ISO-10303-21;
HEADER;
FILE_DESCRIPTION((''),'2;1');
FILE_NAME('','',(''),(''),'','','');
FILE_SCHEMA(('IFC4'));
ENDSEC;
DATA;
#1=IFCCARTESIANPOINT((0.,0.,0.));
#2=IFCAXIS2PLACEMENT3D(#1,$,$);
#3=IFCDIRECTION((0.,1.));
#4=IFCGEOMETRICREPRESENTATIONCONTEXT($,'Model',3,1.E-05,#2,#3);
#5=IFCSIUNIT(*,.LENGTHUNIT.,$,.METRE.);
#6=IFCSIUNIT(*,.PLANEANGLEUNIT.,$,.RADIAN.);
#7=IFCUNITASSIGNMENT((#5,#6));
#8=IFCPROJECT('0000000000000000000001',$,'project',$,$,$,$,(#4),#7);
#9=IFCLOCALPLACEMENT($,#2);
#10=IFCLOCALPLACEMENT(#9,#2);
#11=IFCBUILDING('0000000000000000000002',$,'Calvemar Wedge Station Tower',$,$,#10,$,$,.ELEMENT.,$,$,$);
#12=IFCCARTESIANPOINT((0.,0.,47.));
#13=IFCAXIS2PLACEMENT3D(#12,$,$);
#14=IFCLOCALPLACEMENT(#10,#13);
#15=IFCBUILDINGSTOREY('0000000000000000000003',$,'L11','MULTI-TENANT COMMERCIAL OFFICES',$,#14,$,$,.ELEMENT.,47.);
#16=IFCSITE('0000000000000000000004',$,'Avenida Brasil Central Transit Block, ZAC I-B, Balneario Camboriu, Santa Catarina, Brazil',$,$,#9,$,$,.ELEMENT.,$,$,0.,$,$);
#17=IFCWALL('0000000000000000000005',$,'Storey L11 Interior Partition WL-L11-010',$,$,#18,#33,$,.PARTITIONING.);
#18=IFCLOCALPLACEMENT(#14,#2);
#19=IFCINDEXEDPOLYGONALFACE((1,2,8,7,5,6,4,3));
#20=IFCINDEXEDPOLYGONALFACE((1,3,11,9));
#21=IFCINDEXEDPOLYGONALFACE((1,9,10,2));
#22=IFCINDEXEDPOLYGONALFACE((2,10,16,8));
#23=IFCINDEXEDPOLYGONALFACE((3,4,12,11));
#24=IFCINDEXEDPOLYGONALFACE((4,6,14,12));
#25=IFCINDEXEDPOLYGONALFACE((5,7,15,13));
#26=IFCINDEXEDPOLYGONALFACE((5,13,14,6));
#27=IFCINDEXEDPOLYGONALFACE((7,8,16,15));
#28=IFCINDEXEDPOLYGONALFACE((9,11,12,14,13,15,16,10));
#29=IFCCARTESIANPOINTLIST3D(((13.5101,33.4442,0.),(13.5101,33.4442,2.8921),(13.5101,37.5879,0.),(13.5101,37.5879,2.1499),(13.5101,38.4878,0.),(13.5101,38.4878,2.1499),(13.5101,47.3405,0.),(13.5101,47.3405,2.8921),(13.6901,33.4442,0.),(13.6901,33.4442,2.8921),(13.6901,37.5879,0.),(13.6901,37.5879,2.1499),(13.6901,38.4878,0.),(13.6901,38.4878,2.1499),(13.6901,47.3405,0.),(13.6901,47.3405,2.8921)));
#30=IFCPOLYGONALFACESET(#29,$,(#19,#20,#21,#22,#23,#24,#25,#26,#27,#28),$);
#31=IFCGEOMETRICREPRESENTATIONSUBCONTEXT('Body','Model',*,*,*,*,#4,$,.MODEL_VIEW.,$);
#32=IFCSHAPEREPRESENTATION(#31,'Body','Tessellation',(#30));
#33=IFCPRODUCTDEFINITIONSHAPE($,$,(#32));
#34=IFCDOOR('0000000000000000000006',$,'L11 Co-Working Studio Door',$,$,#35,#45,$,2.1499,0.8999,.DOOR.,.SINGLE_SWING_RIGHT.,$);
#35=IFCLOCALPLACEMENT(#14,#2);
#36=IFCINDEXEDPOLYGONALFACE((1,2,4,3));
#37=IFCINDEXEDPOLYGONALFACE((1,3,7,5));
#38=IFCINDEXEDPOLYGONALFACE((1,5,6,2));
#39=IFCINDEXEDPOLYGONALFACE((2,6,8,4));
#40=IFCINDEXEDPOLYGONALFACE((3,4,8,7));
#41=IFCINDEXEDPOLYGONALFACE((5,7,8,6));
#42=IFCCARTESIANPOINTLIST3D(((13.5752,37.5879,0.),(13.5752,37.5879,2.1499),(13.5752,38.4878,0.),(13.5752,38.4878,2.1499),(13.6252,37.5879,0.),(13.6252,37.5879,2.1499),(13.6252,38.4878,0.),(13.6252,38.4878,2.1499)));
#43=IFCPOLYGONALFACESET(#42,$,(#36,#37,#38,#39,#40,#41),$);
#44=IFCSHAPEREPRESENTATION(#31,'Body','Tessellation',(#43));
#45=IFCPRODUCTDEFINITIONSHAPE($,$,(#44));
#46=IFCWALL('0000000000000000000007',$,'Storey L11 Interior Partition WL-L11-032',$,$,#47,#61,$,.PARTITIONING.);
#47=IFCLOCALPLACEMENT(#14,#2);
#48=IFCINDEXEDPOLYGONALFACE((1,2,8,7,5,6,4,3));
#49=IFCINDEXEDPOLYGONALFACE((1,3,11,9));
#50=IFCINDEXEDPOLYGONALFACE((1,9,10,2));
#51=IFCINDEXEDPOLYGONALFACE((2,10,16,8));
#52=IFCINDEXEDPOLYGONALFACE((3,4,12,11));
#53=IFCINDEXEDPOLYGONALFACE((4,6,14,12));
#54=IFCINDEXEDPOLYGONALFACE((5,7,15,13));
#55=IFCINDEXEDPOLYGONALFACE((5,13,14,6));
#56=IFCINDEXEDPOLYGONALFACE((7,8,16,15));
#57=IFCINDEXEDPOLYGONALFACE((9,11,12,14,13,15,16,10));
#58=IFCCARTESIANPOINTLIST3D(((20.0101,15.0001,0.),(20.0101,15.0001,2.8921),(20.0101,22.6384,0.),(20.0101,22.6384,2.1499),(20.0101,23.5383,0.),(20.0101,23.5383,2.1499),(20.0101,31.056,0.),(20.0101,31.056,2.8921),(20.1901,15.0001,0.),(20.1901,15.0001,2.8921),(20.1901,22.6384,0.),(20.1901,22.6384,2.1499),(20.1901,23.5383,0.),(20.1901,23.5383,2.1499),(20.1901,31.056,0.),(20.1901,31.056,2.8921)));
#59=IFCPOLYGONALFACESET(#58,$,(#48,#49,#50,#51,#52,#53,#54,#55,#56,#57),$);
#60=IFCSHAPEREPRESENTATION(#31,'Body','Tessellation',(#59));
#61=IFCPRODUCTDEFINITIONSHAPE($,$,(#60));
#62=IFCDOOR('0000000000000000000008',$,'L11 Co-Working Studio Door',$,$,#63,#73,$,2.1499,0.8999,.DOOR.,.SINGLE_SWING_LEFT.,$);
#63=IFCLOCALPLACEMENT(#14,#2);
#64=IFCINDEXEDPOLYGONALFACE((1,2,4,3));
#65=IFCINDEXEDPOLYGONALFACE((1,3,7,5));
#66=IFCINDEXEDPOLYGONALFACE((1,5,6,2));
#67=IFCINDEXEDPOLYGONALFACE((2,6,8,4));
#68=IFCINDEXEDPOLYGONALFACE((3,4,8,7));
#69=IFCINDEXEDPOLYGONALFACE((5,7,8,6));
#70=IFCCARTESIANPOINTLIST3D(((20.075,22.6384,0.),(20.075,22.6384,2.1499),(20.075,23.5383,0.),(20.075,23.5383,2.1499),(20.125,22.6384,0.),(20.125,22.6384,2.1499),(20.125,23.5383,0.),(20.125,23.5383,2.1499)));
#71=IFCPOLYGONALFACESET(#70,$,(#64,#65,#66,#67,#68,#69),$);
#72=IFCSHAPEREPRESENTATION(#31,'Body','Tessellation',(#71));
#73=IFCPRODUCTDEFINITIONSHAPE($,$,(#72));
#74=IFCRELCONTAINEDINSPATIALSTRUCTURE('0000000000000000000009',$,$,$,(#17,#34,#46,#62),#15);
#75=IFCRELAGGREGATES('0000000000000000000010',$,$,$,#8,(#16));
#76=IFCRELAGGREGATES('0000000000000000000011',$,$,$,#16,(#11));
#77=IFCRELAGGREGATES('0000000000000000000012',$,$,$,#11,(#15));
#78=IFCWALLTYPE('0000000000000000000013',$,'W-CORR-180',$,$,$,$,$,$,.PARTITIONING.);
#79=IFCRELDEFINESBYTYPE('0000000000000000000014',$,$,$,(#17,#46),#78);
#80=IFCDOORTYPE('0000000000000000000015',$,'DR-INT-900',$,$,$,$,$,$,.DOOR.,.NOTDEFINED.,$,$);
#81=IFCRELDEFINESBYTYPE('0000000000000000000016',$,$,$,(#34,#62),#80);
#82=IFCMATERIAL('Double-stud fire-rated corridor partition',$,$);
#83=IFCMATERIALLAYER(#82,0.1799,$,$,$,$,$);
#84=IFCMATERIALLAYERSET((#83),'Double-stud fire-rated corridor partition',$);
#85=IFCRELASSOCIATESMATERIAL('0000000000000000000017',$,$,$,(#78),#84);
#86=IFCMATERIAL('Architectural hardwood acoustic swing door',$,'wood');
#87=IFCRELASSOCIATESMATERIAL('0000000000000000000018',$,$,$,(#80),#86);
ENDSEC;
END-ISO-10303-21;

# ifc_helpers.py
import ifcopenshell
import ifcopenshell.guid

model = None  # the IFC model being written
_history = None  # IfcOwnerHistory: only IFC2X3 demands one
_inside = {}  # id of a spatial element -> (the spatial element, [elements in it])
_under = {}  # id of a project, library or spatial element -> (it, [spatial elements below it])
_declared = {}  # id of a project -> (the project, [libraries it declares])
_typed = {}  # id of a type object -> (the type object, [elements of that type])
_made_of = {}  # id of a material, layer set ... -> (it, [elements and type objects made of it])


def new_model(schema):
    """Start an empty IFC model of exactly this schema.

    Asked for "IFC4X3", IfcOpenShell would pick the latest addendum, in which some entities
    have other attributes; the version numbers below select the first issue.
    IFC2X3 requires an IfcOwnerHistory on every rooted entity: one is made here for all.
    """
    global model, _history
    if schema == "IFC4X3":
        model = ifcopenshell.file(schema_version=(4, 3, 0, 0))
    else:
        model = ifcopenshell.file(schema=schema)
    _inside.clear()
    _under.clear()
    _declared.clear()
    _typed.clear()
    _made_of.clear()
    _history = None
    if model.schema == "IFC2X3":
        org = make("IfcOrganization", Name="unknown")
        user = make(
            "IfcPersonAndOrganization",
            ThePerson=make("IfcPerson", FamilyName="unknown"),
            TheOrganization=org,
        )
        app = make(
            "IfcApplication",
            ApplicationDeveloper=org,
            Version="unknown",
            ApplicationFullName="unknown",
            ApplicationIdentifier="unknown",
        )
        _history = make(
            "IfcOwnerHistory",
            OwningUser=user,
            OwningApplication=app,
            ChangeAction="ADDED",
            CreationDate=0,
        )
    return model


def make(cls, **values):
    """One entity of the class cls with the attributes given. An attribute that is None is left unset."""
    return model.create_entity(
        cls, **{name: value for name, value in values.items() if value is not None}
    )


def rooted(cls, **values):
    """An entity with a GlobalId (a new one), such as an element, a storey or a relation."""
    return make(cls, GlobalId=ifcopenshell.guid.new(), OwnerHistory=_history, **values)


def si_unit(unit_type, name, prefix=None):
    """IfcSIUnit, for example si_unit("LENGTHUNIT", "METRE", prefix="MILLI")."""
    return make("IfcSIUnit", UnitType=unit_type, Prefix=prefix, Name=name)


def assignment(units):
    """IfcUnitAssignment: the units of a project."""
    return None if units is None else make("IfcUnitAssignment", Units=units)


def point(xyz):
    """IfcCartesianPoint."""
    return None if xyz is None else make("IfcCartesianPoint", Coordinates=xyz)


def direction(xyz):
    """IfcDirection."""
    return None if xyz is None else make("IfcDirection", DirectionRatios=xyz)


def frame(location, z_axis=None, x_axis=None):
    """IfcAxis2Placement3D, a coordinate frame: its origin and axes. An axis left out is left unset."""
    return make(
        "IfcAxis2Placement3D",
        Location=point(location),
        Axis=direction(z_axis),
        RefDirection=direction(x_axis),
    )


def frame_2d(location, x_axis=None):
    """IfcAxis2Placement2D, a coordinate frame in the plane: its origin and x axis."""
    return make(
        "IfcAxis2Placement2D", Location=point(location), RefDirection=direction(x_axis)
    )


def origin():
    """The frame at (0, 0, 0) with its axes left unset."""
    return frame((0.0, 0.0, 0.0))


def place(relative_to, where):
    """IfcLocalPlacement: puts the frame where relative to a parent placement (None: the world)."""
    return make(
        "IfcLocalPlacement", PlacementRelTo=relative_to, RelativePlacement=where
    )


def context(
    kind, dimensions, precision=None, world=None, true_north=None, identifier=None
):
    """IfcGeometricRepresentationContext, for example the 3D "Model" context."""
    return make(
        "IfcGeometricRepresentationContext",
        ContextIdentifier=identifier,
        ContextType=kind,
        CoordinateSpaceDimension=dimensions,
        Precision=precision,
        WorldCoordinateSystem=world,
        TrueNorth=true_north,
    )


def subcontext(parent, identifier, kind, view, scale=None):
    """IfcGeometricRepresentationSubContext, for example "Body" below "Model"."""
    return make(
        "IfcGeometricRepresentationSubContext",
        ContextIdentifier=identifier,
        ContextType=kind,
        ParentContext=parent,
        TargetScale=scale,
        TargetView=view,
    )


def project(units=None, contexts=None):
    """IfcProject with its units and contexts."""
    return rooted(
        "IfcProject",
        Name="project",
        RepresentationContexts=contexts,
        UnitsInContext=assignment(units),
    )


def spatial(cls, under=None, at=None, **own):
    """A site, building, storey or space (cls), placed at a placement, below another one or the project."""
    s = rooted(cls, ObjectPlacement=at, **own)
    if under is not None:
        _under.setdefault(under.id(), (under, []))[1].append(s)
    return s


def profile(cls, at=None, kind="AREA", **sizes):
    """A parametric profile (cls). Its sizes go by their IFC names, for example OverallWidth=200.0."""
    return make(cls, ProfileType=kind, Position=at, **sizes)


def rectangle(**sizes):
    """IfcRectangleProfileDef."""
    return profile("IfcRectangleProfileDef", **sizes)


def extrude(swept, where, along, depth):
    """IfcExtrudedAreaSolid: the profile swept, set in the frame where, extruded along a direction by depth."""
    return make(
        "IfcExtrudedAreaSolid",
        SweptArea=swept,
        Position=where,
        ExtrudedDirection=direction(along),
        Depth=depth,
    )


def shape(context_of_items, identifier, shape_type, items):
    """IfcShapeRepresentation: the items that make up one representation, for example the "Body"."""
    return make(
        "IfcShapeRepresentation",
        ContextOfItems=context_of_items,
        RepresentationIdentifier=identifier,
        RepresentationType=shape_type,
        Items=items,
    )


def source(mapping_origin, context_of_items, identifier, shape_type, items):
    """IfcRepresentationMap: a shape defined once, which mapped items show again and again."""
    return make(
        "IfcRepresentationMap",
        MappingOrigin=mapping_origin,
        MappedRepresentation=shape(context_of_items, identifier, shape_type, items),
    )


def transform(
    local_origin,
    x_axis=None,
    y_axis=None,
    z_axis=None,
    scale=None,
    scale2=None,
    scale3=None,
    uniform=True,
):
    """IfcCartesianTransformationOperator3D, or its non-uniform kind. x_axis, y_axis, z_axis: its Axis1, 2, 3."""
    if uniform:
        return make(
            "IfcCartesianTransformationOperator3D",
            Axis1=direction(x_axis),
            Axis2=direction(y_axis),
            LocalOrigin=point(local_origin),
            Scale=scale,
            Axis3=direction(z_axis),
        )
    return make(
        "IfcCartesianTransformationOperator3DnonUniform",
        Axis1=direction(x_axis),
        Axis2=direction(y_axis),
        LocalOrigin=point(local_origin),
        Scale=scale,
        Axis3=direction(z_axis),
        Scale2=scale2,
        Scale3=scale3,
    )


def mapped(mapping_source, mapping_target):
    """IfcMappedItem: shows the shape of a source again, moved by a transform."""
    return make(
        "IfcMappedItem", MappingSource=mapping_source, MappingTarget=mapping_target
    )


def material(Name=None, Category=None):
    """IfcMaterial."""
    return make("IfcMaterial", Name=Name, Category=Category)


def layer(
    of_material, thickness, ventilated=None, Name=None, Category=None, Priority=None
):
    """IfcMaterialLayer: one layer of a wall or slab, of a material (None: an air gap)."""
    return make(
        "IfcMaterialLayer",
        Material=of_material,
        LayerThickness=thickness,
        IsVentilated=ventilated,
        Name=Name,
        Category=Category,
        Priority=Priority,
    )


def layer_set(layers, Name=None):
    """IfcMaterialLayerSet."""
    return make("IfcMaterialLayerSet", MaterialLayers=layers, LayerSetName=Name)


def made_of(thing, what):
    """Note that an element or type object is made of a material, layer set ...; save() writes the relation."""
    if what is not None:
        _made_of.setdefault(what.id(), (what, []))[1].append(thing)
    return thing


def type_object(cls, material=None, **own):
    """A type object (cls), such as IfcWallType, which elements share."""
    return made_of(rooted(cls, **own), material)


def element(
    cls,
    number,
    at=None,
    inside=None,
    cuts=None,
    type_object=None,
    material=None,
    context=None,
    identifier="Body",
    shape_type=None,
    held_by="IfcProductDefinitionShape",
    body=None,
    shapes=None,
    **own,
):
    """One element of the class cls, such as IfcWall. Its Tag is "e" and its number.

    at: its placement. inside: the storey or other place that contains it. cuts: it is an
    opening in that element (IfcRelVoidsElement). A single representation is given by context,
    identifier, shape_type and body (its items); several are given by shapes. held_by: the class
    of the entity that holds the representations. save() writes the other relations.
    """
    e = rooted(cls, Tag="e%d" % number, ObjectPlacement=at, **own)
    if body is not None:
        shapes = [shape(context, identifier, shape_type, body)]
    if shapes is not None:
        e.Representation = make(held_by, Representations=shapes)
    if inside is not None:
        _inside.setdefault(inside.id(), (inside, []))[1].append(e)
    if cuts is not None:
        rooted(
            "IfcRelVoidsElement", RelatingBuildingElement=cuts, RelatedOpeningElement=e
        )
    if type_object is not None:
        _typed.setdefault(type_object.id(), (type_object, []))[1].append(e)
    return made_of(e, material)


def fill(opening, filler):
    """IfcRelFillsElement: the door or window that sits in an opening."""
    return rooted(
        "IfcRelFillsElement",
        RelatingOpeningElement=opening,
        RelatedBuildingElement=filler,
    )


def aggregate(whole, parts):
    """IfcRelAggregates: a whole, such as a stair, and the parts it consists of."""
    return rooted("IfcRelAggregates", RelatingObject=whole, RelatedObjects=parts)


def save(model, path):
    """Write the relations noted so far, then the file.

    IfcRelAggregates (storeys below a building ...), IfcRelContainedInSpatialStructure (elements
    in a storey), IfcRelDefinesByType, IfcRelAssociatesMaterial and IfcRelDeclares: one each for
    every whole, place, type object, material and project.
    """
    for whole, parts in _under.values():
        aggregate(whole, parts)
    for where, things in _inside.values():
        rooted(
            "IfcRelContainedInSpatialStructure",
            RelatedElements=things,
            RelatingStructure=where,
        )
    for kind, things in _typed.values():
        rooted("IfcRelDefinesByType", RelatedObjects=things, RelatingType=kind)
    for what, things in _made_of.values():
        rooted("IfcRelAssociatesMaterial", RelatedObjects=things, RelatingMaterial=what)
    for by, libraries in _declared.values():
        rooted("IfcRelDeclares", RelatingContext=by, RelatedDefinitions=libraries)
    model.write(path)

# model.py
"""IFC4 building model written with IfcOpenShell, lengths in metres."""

from ifc_helpers import new_model, si_unit, direction, frame, frame_2d, origin, place, context, subcontext, project, spatial, rectangle, extrude, source, transform, mapped, material, layer, layer_set, type_object, element, fill, save


model = new_model("IFC4")

# Units and contexts
model_context = context("Model", 3, precision=1e-05, world=origin(), true_north=direction((0.0, 1.0)))
body_context = subcontext(model_context, "Body", "Model", "MODEL_VIEW")
ifc_project = project(units=[si_unit("LENGTHUNIT", "METRE"), si_unit("PLANEANGLEUNIT", "RADIAN")], contexts=[model_context])

# Site, building, storey
site_placement = place(None, origin())
site = spatial("IfcSite", under=ifc_project, at=site_placement, Name="Avenida Brasil Central Transit Block, ZAC I-B, Balneario Camboriu, Santa Catarina, Brazil", CompositionType="ELEMENT", RefElevation=0.0)
building_placement = place(site_placement, origin())
building = spatial("IfcBuilding", under=site, at=building_placement, Name="Calvemar Wedge Station Tower", CompositionType="ELEMENT")
storey_placement = place(building_placement, frame((0.0, 0.0, 47.0)))
storey = spatial("IfcBuildingStorey", under=building, at=storey_placement, Name="L11", Description="MULTI-TENANT COMMERCIAL OFFICES", CompositionType="ELEMENT", Elevation=47.0)

# Shared definitions
ifc_material_1 = material(Name="Double-stud fire-rated corridor partition")
ifc_layer_1 = layer(ifc_material_1, 0.1799)
ifc_layer_set_1 = layer_set([ifc_layer_1], Name="Double-stud fire-rated corridor partition")
wall_type_1 = type_object("IfcWallType", Name="W-CORR-180", PredefinedType="PARTITIONING", material=ifc_layer_set_1)

# Walls, openings, doors
wall_1_placement = place(storey_placement, frame((13.6001, 33.4441, 0.0), z_axis=(0.0, 0.0, 1.0), x_axis=(0.0, 1.0, 0.0)))
wall_1 = element("IfcWall", 1, at=wall_1_placement, inside=storey, type_object=wall_type_1, Name="Storey L11 Interior Partition WL-L11-010", PredefinedType="PARTITIONING", context=body_context, shape_type="SweptSolid", body=[
    extrude(rectangle(XDim=13.8962, YDim=0.1799, at=frame_2d((6.9482, 0.0))), origin(), (0.0, 0.0, 1.0), 2.8921),
])
shared_shape_1 = source(origin(), body_context, "Body", "SweptSolid", [
    extrude(rectangle(XDim=0.8999, YDim=2.1499, at=frame_2d((0.45, 1.075))), frame((0.0, 0.1001, 0.0), z_axis=(0.0, -1.0, 0.0), x_axis=(1.0, 0.0, 0.0)), (0.0, 0.0, 1.0), 0.2),
])
opening_1_placement = place(wall_1_placement, frame((4.1438, 0.0, 0.0)))
opening_1 = element("IfcOpeningElement", 2, at=opening_1_placement, cuts=wall_1, PredefinedType="OPENING", context=body_context, shape_type="MappedRepresentation", body=[
    mapped(shared_shape_1, transform((0.0, 0.0, 0.0), scale=1.0)),
])
ifc_material_2 = material(Name="Architectural hardwood acoustic swing door", Category="wood")
door_type_1 = type_object("IfcDoorType", Name="DR-INT-900", OperationType="NOTDEFINED", PredefinedType="DOOR", material=ifc_material_2)
shared_shape_2 = source(origin(), body_context, "Body", "SweptSolid", [
    extrude(rectangle(XDim=0.8999, YDim=2.1499, at=frame_2d((0.45, 1.075))), frame((0.0, 0.0249, 0.0), z_axis=(0.0, -1.0, 0.0), x_axis=(1.0, 0.0, 0.0)), (0.0, 0.0, 1.0), 0.05),
])
door_1_placement = place(opening_1_placement, origin())
door_1 = element("IfcDoor", 3, at=door_1_placement, inside=storey, type_object=door_type_1, Name="L11 Co-Working Studio Door", OperationType="SINGLE_SWING_RIGHT", OverallHeight=2.1499, OverallWidth=0.8999, PredefinedType="DOOR", context=body_context, shape_type="MappedRepresentation", body=[
    mapped(shared_shape_2, transform((0.0, 0.0, 0.0), scale=1.0)),
])
fill(opening_1, door_1)
wall_2_placement = place(storey_placement, frame((20.1001, 31.0559, 0.0), z_axis=(0.0, 0.0, 1.0), x_axis=(0.0, -1.0, 0.0)))
wall_2 = element("IfcWall", 4, at=wall_2_placement, inside=storey, type_object=wall_type_1, Name="Storey L11 Interior Partition WL-L11-032", PredefinedType="PARTITIONING", context=body_context, shape_type="SweptSolid", body=[
    extrude(rectangle(XDim=16.0559, YDim=0.1799, at=frame_2d((8.0278, 0.0))), origin(), (0.0, 0.0, 1.0), 2.8921),
])
opening_2_placement = place(wall_2_placement, frame((7.5176, 0.0, 0.0)))
opening_2 = element("IfcOpeningElement", 5, at=opening_2_placement, cuts=wall_2, PredefinedType="OPENING", context=body_context, shape_type="MappedRepresentation", body=[
    mapped(shared_shape_1, transform((0.0, 0.0, 0.0), scale=1.0)),
])
door_2_placement = place(opening_2_placement, origin())
door_2 = element("IfcDoor", 6, at=door_2_placement, inside=storey, type_object=door_type_1, Name="L11 Co-Working Studio Door", OperationType="SINGLE_SWING_LEFT", OverallHeight=2.1499, OverallWidth=0.8999, PredefinedType="DOOR", context=body_context, shape_type="MappedRepresentation", body=[
    mapped(shared_shape_2, transform((0.0, 0.0, 0.0), scale=1.0)),
])
fill(opening_2, door_2)

save(model, "model.ifc")
